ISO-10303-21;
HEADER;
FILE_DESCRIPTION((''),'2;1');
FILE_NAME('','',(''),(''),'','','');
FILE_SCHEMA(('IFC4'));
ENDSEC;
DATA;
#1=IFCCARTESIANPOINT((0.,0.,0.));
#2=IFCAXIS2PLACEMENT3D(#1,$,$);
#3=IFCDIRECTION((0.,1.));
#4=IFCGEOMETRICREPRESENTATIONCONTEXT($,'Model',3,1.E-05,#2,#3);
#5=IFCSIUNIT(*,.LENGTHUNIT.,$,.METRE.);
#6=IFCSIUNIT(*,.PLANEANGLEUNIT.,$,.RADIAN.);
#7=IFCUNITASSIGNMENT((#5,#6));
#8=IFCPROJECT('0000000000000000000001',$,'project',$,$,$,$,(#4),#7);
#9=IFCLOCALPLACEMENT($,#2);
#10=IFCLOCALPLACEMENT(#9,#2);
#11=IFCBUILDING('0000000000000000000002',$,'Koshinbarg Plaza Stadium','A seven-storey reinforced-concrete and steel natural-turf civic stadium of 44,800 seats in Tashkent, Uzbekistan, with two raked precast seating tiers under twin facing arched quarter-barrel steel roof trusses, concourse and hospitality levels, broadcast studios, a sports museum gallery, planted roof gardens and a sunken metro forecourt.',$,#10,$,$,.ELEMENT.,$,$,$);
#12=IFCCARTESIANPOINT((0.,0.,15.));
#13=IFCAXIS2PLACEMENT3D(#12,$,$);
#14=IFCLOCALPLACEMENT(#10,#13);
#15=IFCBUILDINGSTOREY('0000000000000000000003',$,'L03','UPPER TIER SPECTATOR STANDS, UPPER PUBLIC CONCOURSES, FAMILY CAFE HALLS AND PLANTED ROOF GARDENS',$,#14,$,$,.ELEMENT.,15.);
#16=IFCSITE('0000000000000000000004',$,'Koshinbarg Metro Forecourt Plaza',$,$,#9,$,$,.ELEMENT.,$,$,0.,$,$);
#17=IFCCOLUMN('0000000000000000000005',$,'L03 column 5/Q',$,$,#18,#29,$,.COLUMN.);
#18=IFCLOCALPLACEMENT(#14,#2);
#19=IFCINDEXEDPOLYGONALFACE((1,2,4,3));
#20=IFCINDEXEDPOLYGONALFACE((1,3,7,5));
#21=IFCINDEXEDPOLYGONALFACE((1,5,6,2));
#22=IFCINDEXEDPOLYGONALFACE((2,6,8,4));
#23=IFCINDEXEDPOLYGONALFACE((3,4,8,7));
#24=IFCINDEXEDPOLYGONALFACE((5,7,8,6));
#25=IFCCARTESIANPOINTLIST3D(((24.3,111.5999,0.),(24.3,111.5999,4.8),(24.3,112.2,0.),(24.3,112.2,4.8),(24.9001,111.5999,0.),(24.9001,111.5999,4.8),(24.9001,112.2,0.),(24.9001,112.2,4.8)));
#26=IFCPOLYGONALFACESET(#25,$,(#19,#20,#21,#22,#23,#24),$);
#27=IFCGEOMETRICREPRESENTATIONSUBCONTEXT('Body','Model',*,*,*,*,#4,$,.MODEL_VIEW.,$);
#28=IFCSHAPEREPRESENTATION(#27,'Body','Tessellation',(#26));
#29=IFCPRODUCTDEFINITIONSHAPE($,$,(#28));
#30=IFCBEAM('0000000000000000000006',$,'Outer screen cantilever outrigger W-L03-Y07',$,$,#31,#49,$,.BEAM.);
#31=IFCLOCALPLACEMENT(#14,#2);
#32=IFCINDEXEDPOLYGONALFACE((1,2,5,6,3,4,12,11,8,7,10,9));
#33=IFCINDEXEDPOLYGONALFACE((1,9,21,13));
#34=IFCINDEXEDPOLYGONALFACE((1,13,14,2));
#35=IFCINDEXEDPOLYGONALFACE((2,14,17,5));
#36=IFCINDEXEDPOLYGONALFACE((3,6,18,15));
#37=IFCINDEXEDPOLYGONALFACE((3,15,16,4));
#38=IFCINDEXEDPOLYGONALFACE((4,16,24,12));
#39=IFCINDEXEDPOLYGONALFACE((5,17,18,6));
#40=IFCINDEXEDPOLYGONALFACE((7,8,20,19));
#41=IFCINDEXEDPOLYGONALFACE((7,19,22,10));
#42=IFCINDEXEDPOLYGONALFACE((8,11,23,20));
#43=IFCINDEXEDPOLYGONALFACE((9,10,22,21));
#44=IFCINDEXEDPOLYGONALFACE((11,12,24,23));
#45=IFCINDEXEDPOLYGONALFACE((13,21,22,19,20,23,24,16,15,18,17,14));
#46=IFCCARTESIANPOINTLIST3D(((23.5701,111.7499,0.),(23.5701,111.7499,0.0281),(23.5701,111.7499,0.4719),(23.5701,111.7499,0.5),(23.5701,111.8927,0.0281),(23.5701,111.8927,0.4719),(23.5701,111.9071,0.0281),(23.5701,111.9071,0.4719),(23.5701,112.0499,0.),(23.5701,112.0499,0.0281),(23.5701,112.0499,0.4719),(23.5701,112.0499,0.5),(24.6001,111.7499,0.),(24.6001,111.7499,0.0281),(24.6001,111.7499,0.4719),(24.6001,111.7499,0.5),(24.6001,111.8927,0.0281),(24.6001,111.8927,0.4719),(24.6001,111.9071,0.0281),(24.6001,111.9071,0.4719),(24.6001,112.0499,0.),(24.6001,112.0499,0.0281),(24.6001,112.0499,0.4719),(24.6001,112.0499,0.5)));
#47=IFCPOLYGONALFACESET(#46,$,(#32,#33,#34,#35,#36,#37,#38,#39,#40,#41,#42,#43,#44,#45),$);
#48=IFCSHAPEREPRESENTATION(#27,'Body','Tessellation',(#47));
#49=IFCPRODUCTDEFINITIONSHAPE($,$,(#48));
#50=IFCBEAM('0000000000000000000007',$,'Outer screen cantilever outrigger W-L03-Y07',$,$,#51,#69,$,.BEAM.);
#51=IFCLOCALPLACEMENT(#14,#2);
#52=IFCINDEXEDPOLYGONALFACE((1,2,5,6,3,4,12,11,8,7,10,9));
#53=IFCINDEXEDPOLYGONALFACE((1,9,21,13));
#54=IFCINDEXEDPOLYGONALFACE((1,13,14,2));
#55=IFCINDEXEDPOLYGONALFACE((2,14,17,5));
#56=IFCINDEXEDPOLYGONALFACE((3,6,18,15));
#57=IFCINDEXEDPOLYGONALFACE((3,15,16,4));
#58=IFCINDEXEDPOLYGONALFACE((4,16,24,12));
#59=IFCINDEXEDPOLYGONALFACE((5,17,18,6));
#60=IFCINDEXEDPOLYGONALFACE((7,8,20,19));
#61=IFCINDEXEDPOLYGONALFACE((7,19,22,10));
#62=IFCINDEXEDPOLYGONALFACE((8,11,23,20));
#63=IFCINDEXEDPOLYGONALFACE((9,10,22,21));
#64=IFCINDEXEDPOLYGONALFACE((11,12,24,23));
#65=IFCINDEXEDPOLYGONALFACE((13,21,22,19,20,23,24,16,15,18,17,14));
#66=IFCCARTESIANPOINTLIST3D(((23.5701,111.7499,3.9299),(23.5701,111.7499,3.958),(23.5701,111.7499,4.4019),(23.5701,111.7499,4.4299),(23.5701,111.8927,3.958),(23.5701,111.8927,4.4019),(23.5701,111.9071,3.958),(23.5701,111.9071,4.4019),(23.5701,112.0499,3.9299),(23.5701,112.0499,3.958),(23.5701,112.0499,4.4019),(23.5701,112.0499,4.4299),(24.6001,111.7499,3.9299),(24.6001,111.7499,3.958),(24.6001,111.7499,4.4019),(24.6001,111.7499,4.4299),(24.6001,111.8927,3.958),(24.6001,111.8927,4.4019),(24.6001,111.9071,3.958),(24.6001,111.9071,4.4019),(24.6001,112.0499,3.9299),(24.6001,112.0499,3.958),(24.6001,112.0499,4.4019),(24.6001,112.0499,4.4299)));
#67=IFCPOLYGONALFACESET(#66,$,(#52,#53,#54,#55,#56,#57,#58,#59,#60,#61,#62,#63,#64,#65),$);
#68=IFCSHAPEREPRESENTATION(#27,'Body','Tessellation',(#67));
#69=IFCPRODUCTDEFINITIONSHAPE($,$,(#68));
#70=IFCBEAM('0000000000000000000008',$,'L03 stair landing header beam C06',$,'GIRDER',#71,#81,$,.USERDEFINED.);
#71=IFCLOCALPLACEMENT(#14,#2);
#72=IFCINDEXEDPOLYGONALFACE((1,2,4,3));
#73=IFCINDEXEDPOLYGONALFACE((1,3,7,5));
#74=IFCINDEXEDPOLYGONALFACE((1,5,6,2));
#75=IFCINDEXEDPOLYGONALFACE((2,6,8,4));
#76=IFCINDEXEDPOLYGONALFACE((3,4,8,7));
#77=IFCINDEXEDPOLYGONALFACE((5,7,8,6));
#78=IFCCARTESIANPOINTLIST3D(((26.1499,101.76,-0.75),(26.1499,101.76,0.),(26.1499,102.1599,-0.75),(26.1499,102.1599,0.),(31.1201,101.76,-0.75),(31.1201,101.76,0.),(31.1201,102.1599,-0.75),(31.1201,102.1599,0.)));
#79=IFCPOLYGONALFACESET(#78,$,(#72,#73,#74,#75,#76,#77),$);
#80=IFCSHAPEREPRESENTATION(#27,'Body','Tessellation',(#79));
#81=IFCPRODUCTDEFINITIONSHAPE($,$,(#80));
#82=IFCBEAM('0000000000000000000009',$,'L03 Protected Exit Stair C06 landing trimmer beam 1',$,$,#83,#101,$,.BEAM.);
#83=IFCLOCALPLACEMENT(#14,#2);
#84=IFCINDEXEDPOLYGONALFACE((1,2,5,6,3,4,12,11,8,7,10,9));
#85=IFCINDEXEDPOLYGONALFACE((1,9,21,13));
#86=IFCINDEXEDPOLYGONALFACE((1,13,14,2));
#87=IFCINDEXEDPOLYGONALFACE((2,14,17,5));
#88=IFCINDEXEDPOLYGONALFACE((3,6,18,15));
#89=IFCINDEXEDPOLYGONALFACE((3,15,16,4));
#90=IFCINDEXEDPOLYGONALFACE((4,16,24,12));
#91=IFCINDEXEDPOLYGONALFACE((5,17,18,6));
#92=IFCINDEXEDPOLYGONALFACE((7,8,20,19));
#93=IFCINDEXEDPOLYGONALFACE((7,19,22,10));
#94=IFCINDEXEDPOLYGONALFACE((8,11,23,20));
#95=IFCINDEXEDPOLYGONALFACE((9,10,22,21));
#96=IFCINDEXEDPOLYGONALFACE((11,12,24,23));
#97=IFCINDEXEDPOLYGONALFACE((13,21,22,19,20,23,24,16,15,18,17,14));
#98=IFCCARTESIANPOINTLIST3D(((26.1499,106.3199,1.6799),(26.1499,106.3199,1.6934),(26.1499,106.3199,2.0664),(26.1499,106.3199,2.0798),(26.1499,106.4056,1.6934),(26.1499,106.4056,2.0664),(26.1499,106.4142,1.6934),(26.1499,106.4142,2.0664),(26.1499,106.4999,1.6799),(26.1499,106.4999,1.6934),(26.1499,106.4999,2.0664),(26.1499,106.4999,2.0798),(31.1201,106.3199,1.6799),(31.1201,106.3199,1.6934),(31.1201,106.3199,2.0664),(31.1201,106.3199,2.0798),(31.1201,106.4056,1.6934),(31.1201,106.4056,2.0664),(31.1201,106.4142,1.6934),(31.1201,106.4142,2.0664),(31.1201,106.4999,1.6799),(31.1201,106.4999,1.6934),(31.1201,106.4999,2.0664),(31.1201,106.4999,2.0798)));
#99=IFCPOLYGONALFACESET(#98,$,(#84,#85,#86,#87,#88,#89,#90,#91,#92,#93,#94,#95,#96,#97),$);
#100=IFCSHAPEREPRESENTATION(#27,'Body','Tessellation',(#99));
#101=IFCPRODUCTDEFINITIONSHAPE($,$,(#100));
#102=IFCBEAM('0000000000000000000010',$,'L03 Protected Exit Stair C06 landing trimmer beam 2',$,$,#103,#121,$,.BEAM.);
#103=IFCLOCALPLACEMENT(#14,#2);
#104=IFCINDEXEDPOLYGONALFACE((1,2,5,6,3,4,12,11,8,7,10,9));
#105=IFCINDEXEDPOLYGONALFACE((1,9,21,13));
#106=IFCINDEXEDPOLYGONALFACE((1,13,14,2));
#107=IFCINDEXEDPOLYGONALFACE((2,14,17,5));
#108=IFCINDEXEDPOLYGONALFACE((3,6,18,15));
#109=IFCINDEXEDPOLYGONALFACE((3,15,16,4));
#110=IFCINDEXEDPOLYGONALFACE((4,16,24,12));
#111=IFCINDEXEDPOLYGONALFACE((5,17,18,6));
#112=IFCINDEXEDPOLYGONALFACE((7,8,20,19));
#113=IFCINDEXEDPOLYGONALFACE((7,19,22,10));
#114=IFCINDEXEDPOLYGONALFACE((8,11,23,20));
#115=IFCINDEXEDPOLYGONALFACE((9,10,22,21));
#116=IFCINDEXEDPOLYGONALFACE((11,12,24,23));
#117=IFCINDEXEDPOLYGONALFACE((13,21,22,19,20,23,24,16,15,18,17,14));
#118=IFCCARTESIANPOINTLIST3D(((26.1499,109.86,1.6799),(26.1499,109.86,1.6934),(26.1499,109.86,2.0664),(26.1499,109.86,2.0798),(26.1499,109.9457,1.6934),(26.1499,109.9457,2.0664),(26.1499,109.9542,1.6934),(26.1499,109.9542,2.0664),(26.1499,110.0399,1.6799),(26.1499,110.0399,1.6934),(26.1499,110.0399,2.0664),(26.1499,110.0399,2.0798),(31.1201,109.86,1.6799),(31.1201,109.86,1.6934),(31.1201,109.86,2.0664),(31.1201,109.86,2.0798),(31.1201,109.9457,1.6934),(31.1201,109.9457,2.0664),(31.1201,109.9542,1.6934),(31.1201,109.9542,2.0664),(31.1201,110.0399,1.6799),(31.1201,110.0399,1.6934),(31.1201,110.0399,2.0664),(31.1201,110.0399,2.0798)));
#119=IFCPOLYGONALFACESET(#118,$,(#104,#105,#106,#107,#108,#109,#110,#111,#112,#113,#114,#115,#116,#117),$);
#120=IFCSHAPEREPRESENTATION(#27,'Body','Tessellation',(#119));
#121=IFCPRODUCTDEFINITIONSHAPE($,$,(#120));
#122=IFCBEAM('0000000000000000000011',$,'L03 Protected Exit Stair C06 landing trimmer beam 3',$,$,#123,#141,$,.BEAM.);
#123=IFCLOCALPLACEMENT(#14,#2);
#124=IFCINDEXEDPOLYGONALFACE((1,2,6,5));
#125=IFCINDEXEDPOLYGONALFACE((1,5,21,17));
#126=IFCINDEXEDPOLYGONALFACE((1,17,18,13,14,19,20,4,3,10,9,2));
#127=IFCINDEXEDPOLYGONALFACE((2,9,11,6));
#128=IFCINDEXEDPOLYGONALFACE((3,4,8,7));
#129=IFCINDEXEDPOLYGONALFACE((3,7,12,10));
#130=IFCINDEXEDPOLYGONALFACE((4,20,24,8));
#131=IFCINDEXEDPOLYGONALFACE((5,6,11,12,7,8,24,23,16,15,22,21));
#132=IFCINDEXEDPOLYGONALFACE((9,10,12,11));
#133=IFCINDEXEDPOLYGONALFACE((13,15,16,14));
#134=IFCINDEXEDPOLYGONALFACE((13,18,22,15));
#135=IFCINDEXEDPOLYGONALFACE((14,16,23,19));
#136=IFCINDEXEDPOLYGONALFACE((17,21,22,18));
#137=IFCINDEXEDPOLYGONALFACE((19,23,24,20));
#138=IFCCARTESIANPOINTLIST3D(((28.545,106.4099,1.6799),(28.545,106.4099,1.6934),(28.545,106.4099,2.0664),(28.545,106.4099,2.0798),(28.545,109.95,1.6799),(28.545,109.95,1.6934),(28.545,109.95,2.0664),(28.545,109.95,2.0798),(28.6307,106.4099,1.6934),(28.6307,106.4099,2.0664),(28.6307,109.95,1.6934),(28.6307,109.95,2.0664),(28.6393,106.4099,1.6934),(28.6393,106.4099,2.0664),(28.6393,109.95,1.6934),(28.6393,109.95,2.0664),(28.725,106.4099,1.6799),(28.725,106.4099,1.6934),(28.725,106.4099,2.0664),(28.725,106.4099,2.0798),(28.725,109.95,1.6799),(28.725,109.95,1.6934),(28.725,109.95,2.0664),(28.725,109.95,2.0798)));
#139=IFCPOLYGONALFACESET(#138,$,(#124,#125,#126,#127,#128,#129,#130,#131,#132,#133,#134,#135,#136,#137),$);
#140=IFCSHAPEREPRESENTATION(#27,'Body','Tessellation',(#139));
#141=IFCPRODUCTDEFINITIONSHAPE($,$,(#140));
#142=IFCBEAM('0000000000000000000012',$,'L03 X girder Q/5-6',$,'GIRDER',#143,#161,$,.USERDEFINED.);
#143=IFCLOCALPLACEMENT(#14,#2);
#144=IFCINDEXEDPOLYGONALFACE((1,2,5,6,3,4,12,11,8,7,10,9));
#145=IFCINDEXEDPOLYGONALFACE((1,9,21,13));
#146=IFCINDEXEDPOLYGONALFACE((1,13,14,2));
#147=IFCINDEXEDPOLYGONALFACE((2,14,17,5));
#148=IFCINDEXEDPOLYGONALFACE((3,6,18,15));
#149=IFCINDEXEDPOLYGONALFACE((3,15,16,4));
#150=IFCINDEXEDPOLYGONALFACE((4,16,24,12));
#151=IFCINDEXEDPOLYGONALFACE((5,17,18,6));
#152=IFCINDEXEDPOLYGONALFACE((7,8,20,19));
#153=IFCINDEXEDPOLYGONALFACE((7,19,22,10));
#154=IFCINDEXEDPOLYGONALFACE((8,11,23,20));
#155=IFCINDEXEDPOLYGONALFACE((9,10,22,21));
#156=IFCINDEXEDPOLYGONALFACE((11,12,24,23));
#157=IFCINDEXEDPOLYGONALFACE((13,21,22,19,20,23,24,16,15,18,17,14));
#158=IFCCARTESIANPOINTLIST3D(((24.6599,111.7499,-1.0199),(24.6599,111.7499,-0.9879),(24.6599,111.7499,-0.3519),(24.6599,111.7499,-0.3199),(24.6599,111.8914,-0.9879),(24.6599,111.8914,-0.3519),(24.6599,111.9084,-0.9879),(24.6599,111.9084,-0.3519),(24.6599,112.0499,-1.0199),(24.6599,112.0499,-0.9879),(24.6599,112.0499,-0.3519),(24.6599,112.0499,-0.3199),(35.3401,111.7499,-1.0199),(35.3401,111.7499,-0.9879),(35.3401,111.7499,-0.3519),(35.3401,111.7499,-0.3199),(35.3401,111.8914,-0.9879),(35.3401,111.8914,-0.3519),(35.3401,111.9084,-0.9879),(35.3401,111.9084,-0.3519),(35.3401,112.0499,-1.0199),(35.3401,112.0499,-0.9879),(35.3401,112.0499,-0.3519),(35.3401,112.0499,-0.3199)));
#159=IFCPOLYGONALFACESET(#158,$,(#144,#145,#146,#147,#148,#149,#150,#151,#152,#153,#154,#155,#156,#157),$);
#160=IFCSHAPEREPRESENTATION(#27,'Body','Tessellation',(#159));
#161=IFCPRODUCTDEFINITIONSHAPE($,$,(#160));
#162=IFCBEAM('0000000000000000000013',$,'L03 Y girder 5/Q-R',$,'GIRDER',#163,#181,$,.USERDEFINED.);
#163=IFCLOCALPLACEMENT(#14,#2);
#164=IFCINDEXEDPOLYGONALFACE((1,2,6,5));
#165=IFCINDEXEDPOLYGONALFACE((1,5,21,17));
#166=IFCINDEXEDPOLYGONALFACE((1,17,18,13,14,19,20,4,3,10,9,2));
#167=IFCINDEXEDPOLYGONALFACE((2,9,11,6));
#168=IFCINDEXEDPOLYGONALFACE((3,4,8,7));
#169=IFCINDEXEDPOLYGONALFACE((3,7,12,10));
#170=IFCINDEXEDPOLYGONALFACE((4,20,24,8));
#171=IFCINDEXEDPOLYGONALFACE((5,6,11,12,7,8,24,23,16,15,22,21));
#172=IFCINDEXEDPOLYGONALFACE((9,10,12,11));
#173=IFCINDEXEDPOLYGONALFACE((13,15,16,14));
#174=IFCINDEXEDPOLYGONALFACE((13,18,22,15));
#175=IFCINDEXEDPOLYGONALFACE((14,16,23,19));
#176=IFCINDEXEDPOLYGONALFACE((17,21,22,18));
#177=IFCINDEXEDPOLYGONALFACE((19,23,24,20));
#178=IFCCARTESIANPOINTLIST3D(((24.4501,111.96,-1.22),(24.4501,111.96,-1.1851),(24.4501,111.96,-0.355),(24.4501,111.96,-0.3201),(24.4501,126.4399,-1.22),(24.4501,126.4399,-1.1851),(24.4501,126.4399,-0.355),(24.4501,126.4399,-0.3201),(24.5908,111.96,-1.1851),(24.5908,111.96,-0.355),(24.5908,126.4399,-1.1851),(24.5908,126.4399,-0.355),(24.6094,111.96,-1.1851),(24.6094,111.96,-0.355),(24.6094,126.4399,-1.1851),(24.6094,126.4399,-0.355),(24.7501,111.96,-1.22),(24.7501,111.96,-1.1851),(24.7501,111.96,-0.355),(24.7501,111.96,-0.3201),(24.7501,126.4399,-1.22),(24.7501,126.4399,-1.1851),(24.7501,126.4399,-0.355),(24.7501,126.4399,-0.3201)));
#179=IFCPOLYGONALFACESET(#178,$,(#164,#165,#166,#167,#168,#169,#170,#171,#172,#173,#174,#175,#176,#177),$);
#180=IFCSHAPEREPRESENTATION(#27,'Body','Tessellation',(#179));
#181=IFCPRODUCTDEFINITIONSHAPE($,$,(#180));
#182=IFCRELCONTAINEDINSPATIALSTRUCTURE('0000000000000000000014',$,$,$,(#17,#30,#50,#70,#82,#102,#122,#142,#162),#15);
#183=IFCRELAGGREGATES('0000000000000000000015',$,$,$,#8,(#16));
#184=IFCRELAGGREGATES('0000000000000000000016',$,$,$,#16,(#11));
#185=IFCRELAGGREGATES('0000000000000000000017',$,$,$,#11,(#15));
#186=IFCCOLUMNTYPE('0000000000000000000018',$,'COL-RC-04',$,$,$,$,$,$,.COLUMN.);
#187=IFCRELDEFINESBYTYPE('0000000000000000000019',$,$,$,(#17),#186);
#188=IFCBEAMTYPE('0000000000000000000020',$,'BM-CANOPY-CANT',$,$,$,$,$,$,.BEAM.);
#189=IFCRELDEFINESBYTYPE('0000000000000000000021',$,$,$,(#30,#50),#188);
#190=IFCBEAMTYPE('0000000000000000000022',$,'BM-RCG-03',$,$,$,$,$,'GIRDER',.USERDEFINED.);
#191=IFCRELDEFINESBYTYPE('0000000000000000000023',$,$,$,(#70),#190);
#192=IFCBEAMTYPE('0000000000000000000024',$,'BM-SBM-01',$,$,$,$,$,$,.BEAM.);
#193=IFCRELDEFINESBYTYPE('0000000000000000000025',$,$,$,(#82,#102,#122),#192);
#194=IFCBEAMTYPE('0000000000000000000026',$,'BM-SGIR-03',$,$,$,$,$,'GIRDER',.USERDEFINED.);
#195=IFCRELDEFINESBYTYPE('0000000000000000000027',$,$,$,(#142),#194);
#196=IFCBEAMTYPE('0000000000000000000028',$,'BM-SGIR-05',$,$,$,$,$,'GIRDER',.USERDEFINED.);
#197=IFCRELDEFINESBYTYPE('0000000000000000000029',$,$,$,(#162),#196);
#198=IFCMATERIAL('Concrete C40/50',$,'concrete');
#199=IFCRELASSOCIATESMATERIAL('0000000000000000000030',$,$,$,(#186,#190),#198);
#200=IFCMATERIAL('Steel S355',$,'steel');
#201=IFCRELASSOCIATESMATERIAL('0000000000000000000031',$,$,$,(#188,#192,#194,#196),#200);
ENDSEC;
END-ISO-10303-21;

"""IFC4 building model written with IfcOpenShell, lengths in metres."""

from ifc_helpers import new_model, si_unit, direction, frame, origin, origin_2d, place, context, subcontext, project, spatial, rectangle, i_section, extrude, material, material_profile, profile_set, type_object, element, save


model = new_model("IFC4")

# Units and contexts
model_context = context("Model", 3, precision=1e-05, world=origin(), true_north=direction((0.0, 1.0)))
body_context = subcontext(model_context, "Body", "Model", "MODEL_VIEW")
ifc_project = project(units=[si_unit("LENGTHUNIT", "METRE"), si_unit("PLANEANGLEUNIT", "RADIAN")], contexts=[model_context])

# Site, building, storey
site_placement = place(None, origin())
site = spatial("IfcSite", under=ifc_project, at=site_placement, Name="Koshinbarg Metro Forecourt Plaza", CompositionType="ELEMENT", RefElevation=0.0)
building_placement = place(site_placement, origin())
building = spatial("IfcBuilding", under=site, at=building_placement, Name="Koshinbarg Plaza Stadium", Description="A seven-storey reinforced-concrete and steel natural-turf civic stadium of 44,800 seats in Tashkent, Uzbekistan, with two raked precast seating tiers under twin facing arched quarter-barrel steel roof trusses, concourse and hospitality levels, broadcast studios, a sports museum gallery, planted roof gardens and a sunken metro forecourt.", CompositionType="ELEMENT")
storey_placement = place(building_placement, frame((0.0, 0.0, 15.0)))
storey = spatial("IfcBuildingStorey", under=building, at=storey_placement, Name="L03", Description="UPPER TIER SPECTATOR STANDS, UPPER PUBLIC CONCOURSES, FAMILY CAFE HALLS AND PLANTED ROOF GARDENS", CompositionType="ELEMENT", Elevation=15.0)

# Column
ifc_material_1 = material(Name="Concrete C40/50", Category="concrete")
ifc_material_profile_1 = material_profile(ifc_material_1, rectangle(XDim=0.6001, YDim=0.6001, at=origin_2d()), Name="RC 600x600")
ifc_profile_set_1 = profile_set([ifc_material_profile_1], Name="Concrete C40/50")
column_type = type_object("IfcColumnType", Name="COL-RC-04", PredefinedType="COLUMN", material=ifc_profile_set_1)
column_placement = place(storey_placement, frame((24.6001, 111.8999, 0.0), z_axis=(0.0, 0.0, 1.0), x_axis=(1.0, 0.0, 0.0)))
element("IfcColumn", 1, at=column_placement, inside=storey, type_object=column_type, Name="L03 column 5/Q", PredefinedType="COLUMN", context=body_context, shape_type="SweptSolid", body=[
    extrude(rectangle(XDim=0.6001, YDim=0.6001, at=origin_2d()), origin(), (0.0, 0.0, 1.0), 4.8),
])

# Beams
ifc_material_2 = material(Name="Steel S355", Category="steel")
ifc_material_profile_2 = material_profile(ifc_material_2, i_section(OverallWidth=0.3, OverallDepth=0.5, WebThickness=0.0144, FlangeThickness=0.0281, at=origin_2d()), Name="HEB 500")
ifc_profile_set_2 = profile_set([ifc_material_profile_2], Name="Steel S355")
beam_type_1 = type_object("IfcBeamType", Name="BM-CANOPY-CANT", PredefinedType="BEAM", material=ifc_profile_set_2)
for number, where, z_axis, x_axis, name in (
    (2, (24.6001, 111.8999, 0.25), (-1.0, 0.0, 0.0), (0.0, -1.0, 0.0), "Outer screen cantilever outrigger W-L03-Y07"),
    (3, (24.6001, 111.8999, 4.1799), (-1.0, 0.0, 0.0), (0.0, -1.0, 0.0), "Outer screen cantilever outrigger W-L03-Y07"),
):
    element("IfcBeam", number, at=place(storey_placement, frame(where, z_axis=z_axis, x_axis=x_axis)), inside=storey, type_object=beam_type_1, Name=name, PredefinedType="BEAM", context=body_context, shape_type="SweptSolid", body=[
        extrude(i_section(OverallWidth=0.3, OverallDepth=0.5, WebThickness=0.0144, FlangeThickness=0.0281, at=origin_2d()), origin(), (0.0, 0.0, 1.0), 1.03),
    ])
ifc_material_profile_3 = material_profile(ifc_material_1, rectangle(XDim=0.3999, YDim=0.75, at=origin_2d()), Name="RC 400x750")
ifc_profile_set_3 = profile_set([ifc_material_profile_3], Name="Concrete C40/50")
beam_type_2 = type_object("IfcBeamType", Name="BM-RCG-03", ElementType="GIRDER", PredefinedType="USERDEFINED", material=ifc_profile_set_3)
beam_1_placement = place(storey_placement, frame((26.1499, 101.96, -0.375), z_axis=(1.0, 0.0, 0.0), x_axis=(0.0, 1.0, 0.0)))
element("IfcBeam", 4, at=beam_1_placement, inside=storey, type_object=beam_type_2, Name="L03 stair landing header beam C06", ObjectType="GIRDER", PredefinedType="USERDEFINED", context=body_context, shape_type="SweptSolid", body=[
    extrude(rectangle(XDim=0.3999, YDim=0.75, at=origin_2d()), origin(), (0.0, 0.0, 1.0), 4.9702),
])
ifc_material_profile_4 = material_profile(ifc_material_2, i_section(OverallWidth=0.1799, OverallDepth=0.3999, WebThickness=0.0085, FlangeThickness=0.0134, at=origin_2d()), Name="IPE 400")
ifc_profile_set_4 = profile_set([ifc_material_profile_4], Name="Steel S355")
beam_type_3 = type_object("IfcBeamType", Name="BM-SBM-01", PredefinedType="BEAM", material=ifc_profile_set_4)
for number, where, z_axis, x_axis, name in (
    (5, (26.1499, 106.4099, 1.8799), (1.0, 0.0, 0.0), (0.0, 1.0, 0.0), "L03 Protected Exit Stair C06 landing trimmer beam 1"),
    (6, (26.1499, 109.95, 1.8799), (1.0, 0.0, 0.0), (0.0, 1.0, 0.0), "L03 Protected Exit Stair C06 landing trimmer beam 2"),
):
    element("IfcBeam", number, at=place(storey_placement, frame(where, z_axis=z_axis, x_axis=x_axis)), inside=storey, type_object=beam_type_3, Name=name, PredefinedType="BEAM", context=body_context, shape_type="SweptSolid", body=[
        extrude(i_section(OverallWidth=0.1799, OverallDepth=0.3999, WebThickness=0.0085, FlangeThickness=0.0134, at=origin_2d()), origin(), (0.0, 0.0, 1.0), 4.9702),
    ])
beam_2_placement = place(storey_placement, frame((28.635, 106.4099, 1.8799), z_axis=(0.0, 1.0, 0.0), x_axis=(-1.0, 0.0, 0.0)))
element("IfcBeam", 7, at=beam_2_placement, inside=storey, type_object=beam_type_3, Name="L03 Protected Exit Stair C06 landing trimmer beam 3", PredefinedType="BEAM", context=body_context, shape_type="SweptSolid", body=[
    extrude(i_section(OverallWidth=0.1799, OverallDepth=0.3999, WebThickness=0.0085, FlangeThickness=0.0134, at=origin_2d()), origin(), (0.0, 0.0, 1.0), 3.54),
])
ifc_material_profile_5 = material_profile(ifc_material_2, i_section(OverallWidth=0.3, OverallDepth=0.7, WebThickness=0.0171, FlangeThickness=0.032, at=origin_2d()), Name="HEB 700")
ifc_profile_set_5 = profile_set([ifc_material_profile_5], Name="Steel S355")
beam_type_4 = type_object("IfcBeamType", Name="BM-SGIR-03", ElementType="GIRDER", PredefinedType="USERDEFINED", material=ifc_profile_set_5)
beam_3_placement = place(storey_placement, frame((24.6599, 111.8999, -0.6699), z_axis=(1.0, 0.0, 0.0), x_axis=(0.0, 1.0, 0.0)))
element("IfcBeam", 8, at=beam_3_placement, inside=storey, type_object=beam_type_4, Name="L03 X girder Q/5-6", ObjectType="GIRDER", PredefinedType="USERDEFINED", context=body_context, shape_type="SweptSolid", body=[
    extrude(i_section(OverallWidth=0.3, OverallDepth=0.7, WebThickness=0.0171, FlangeThickness=0.032, at=origin_2d()), origin(), (0.0, 0.0, 1.0), 10.6802),
])
ifc_material_profile_6 = material_profile(ifc_material_2, i_section(OverallWidth=0.3, OverallDepth=0.8999, WebThickness=0.0186, FlangeThickness=0.0349, at=origin_2d()), Name="HEB 900")
ifc_profile_set_6 = profile_set([ifc_material_profile_6], Name="Steel S355")
beam_type_5 = type_object("IfcBeamType", Name="BM-SGIR-05", ElementType="GIRDER", PredefinedType="USERDEFINED", material=ifc_profile_set_6)
beam_4_placement = place(storey_placement, frame((24.6001, 111.96, -0.77), z_axis=(0.0, 1.0, 0.0), x_axis=(-1.0, 0.0, 0.0)))
element("IfcBeam", 9, at=beam_4_placement, inside=storey, type_object=beam_type_5, Name="L03 Y girder 5/Q-R", ObjectType="GIRDER", PredefinedType="USERDEFINED", context=body_context, shape_type="SweptSolid", body=[
    extrude(i_section(OverallWidth=0.3, OverallDepth=0.8999, WebThickness=0.0186, FlangeThickness=0.0349, at=origin_2d()), origin(), (0.0, 0.0, 1.0), 14.48),
])

save(model, "model.ifc")
